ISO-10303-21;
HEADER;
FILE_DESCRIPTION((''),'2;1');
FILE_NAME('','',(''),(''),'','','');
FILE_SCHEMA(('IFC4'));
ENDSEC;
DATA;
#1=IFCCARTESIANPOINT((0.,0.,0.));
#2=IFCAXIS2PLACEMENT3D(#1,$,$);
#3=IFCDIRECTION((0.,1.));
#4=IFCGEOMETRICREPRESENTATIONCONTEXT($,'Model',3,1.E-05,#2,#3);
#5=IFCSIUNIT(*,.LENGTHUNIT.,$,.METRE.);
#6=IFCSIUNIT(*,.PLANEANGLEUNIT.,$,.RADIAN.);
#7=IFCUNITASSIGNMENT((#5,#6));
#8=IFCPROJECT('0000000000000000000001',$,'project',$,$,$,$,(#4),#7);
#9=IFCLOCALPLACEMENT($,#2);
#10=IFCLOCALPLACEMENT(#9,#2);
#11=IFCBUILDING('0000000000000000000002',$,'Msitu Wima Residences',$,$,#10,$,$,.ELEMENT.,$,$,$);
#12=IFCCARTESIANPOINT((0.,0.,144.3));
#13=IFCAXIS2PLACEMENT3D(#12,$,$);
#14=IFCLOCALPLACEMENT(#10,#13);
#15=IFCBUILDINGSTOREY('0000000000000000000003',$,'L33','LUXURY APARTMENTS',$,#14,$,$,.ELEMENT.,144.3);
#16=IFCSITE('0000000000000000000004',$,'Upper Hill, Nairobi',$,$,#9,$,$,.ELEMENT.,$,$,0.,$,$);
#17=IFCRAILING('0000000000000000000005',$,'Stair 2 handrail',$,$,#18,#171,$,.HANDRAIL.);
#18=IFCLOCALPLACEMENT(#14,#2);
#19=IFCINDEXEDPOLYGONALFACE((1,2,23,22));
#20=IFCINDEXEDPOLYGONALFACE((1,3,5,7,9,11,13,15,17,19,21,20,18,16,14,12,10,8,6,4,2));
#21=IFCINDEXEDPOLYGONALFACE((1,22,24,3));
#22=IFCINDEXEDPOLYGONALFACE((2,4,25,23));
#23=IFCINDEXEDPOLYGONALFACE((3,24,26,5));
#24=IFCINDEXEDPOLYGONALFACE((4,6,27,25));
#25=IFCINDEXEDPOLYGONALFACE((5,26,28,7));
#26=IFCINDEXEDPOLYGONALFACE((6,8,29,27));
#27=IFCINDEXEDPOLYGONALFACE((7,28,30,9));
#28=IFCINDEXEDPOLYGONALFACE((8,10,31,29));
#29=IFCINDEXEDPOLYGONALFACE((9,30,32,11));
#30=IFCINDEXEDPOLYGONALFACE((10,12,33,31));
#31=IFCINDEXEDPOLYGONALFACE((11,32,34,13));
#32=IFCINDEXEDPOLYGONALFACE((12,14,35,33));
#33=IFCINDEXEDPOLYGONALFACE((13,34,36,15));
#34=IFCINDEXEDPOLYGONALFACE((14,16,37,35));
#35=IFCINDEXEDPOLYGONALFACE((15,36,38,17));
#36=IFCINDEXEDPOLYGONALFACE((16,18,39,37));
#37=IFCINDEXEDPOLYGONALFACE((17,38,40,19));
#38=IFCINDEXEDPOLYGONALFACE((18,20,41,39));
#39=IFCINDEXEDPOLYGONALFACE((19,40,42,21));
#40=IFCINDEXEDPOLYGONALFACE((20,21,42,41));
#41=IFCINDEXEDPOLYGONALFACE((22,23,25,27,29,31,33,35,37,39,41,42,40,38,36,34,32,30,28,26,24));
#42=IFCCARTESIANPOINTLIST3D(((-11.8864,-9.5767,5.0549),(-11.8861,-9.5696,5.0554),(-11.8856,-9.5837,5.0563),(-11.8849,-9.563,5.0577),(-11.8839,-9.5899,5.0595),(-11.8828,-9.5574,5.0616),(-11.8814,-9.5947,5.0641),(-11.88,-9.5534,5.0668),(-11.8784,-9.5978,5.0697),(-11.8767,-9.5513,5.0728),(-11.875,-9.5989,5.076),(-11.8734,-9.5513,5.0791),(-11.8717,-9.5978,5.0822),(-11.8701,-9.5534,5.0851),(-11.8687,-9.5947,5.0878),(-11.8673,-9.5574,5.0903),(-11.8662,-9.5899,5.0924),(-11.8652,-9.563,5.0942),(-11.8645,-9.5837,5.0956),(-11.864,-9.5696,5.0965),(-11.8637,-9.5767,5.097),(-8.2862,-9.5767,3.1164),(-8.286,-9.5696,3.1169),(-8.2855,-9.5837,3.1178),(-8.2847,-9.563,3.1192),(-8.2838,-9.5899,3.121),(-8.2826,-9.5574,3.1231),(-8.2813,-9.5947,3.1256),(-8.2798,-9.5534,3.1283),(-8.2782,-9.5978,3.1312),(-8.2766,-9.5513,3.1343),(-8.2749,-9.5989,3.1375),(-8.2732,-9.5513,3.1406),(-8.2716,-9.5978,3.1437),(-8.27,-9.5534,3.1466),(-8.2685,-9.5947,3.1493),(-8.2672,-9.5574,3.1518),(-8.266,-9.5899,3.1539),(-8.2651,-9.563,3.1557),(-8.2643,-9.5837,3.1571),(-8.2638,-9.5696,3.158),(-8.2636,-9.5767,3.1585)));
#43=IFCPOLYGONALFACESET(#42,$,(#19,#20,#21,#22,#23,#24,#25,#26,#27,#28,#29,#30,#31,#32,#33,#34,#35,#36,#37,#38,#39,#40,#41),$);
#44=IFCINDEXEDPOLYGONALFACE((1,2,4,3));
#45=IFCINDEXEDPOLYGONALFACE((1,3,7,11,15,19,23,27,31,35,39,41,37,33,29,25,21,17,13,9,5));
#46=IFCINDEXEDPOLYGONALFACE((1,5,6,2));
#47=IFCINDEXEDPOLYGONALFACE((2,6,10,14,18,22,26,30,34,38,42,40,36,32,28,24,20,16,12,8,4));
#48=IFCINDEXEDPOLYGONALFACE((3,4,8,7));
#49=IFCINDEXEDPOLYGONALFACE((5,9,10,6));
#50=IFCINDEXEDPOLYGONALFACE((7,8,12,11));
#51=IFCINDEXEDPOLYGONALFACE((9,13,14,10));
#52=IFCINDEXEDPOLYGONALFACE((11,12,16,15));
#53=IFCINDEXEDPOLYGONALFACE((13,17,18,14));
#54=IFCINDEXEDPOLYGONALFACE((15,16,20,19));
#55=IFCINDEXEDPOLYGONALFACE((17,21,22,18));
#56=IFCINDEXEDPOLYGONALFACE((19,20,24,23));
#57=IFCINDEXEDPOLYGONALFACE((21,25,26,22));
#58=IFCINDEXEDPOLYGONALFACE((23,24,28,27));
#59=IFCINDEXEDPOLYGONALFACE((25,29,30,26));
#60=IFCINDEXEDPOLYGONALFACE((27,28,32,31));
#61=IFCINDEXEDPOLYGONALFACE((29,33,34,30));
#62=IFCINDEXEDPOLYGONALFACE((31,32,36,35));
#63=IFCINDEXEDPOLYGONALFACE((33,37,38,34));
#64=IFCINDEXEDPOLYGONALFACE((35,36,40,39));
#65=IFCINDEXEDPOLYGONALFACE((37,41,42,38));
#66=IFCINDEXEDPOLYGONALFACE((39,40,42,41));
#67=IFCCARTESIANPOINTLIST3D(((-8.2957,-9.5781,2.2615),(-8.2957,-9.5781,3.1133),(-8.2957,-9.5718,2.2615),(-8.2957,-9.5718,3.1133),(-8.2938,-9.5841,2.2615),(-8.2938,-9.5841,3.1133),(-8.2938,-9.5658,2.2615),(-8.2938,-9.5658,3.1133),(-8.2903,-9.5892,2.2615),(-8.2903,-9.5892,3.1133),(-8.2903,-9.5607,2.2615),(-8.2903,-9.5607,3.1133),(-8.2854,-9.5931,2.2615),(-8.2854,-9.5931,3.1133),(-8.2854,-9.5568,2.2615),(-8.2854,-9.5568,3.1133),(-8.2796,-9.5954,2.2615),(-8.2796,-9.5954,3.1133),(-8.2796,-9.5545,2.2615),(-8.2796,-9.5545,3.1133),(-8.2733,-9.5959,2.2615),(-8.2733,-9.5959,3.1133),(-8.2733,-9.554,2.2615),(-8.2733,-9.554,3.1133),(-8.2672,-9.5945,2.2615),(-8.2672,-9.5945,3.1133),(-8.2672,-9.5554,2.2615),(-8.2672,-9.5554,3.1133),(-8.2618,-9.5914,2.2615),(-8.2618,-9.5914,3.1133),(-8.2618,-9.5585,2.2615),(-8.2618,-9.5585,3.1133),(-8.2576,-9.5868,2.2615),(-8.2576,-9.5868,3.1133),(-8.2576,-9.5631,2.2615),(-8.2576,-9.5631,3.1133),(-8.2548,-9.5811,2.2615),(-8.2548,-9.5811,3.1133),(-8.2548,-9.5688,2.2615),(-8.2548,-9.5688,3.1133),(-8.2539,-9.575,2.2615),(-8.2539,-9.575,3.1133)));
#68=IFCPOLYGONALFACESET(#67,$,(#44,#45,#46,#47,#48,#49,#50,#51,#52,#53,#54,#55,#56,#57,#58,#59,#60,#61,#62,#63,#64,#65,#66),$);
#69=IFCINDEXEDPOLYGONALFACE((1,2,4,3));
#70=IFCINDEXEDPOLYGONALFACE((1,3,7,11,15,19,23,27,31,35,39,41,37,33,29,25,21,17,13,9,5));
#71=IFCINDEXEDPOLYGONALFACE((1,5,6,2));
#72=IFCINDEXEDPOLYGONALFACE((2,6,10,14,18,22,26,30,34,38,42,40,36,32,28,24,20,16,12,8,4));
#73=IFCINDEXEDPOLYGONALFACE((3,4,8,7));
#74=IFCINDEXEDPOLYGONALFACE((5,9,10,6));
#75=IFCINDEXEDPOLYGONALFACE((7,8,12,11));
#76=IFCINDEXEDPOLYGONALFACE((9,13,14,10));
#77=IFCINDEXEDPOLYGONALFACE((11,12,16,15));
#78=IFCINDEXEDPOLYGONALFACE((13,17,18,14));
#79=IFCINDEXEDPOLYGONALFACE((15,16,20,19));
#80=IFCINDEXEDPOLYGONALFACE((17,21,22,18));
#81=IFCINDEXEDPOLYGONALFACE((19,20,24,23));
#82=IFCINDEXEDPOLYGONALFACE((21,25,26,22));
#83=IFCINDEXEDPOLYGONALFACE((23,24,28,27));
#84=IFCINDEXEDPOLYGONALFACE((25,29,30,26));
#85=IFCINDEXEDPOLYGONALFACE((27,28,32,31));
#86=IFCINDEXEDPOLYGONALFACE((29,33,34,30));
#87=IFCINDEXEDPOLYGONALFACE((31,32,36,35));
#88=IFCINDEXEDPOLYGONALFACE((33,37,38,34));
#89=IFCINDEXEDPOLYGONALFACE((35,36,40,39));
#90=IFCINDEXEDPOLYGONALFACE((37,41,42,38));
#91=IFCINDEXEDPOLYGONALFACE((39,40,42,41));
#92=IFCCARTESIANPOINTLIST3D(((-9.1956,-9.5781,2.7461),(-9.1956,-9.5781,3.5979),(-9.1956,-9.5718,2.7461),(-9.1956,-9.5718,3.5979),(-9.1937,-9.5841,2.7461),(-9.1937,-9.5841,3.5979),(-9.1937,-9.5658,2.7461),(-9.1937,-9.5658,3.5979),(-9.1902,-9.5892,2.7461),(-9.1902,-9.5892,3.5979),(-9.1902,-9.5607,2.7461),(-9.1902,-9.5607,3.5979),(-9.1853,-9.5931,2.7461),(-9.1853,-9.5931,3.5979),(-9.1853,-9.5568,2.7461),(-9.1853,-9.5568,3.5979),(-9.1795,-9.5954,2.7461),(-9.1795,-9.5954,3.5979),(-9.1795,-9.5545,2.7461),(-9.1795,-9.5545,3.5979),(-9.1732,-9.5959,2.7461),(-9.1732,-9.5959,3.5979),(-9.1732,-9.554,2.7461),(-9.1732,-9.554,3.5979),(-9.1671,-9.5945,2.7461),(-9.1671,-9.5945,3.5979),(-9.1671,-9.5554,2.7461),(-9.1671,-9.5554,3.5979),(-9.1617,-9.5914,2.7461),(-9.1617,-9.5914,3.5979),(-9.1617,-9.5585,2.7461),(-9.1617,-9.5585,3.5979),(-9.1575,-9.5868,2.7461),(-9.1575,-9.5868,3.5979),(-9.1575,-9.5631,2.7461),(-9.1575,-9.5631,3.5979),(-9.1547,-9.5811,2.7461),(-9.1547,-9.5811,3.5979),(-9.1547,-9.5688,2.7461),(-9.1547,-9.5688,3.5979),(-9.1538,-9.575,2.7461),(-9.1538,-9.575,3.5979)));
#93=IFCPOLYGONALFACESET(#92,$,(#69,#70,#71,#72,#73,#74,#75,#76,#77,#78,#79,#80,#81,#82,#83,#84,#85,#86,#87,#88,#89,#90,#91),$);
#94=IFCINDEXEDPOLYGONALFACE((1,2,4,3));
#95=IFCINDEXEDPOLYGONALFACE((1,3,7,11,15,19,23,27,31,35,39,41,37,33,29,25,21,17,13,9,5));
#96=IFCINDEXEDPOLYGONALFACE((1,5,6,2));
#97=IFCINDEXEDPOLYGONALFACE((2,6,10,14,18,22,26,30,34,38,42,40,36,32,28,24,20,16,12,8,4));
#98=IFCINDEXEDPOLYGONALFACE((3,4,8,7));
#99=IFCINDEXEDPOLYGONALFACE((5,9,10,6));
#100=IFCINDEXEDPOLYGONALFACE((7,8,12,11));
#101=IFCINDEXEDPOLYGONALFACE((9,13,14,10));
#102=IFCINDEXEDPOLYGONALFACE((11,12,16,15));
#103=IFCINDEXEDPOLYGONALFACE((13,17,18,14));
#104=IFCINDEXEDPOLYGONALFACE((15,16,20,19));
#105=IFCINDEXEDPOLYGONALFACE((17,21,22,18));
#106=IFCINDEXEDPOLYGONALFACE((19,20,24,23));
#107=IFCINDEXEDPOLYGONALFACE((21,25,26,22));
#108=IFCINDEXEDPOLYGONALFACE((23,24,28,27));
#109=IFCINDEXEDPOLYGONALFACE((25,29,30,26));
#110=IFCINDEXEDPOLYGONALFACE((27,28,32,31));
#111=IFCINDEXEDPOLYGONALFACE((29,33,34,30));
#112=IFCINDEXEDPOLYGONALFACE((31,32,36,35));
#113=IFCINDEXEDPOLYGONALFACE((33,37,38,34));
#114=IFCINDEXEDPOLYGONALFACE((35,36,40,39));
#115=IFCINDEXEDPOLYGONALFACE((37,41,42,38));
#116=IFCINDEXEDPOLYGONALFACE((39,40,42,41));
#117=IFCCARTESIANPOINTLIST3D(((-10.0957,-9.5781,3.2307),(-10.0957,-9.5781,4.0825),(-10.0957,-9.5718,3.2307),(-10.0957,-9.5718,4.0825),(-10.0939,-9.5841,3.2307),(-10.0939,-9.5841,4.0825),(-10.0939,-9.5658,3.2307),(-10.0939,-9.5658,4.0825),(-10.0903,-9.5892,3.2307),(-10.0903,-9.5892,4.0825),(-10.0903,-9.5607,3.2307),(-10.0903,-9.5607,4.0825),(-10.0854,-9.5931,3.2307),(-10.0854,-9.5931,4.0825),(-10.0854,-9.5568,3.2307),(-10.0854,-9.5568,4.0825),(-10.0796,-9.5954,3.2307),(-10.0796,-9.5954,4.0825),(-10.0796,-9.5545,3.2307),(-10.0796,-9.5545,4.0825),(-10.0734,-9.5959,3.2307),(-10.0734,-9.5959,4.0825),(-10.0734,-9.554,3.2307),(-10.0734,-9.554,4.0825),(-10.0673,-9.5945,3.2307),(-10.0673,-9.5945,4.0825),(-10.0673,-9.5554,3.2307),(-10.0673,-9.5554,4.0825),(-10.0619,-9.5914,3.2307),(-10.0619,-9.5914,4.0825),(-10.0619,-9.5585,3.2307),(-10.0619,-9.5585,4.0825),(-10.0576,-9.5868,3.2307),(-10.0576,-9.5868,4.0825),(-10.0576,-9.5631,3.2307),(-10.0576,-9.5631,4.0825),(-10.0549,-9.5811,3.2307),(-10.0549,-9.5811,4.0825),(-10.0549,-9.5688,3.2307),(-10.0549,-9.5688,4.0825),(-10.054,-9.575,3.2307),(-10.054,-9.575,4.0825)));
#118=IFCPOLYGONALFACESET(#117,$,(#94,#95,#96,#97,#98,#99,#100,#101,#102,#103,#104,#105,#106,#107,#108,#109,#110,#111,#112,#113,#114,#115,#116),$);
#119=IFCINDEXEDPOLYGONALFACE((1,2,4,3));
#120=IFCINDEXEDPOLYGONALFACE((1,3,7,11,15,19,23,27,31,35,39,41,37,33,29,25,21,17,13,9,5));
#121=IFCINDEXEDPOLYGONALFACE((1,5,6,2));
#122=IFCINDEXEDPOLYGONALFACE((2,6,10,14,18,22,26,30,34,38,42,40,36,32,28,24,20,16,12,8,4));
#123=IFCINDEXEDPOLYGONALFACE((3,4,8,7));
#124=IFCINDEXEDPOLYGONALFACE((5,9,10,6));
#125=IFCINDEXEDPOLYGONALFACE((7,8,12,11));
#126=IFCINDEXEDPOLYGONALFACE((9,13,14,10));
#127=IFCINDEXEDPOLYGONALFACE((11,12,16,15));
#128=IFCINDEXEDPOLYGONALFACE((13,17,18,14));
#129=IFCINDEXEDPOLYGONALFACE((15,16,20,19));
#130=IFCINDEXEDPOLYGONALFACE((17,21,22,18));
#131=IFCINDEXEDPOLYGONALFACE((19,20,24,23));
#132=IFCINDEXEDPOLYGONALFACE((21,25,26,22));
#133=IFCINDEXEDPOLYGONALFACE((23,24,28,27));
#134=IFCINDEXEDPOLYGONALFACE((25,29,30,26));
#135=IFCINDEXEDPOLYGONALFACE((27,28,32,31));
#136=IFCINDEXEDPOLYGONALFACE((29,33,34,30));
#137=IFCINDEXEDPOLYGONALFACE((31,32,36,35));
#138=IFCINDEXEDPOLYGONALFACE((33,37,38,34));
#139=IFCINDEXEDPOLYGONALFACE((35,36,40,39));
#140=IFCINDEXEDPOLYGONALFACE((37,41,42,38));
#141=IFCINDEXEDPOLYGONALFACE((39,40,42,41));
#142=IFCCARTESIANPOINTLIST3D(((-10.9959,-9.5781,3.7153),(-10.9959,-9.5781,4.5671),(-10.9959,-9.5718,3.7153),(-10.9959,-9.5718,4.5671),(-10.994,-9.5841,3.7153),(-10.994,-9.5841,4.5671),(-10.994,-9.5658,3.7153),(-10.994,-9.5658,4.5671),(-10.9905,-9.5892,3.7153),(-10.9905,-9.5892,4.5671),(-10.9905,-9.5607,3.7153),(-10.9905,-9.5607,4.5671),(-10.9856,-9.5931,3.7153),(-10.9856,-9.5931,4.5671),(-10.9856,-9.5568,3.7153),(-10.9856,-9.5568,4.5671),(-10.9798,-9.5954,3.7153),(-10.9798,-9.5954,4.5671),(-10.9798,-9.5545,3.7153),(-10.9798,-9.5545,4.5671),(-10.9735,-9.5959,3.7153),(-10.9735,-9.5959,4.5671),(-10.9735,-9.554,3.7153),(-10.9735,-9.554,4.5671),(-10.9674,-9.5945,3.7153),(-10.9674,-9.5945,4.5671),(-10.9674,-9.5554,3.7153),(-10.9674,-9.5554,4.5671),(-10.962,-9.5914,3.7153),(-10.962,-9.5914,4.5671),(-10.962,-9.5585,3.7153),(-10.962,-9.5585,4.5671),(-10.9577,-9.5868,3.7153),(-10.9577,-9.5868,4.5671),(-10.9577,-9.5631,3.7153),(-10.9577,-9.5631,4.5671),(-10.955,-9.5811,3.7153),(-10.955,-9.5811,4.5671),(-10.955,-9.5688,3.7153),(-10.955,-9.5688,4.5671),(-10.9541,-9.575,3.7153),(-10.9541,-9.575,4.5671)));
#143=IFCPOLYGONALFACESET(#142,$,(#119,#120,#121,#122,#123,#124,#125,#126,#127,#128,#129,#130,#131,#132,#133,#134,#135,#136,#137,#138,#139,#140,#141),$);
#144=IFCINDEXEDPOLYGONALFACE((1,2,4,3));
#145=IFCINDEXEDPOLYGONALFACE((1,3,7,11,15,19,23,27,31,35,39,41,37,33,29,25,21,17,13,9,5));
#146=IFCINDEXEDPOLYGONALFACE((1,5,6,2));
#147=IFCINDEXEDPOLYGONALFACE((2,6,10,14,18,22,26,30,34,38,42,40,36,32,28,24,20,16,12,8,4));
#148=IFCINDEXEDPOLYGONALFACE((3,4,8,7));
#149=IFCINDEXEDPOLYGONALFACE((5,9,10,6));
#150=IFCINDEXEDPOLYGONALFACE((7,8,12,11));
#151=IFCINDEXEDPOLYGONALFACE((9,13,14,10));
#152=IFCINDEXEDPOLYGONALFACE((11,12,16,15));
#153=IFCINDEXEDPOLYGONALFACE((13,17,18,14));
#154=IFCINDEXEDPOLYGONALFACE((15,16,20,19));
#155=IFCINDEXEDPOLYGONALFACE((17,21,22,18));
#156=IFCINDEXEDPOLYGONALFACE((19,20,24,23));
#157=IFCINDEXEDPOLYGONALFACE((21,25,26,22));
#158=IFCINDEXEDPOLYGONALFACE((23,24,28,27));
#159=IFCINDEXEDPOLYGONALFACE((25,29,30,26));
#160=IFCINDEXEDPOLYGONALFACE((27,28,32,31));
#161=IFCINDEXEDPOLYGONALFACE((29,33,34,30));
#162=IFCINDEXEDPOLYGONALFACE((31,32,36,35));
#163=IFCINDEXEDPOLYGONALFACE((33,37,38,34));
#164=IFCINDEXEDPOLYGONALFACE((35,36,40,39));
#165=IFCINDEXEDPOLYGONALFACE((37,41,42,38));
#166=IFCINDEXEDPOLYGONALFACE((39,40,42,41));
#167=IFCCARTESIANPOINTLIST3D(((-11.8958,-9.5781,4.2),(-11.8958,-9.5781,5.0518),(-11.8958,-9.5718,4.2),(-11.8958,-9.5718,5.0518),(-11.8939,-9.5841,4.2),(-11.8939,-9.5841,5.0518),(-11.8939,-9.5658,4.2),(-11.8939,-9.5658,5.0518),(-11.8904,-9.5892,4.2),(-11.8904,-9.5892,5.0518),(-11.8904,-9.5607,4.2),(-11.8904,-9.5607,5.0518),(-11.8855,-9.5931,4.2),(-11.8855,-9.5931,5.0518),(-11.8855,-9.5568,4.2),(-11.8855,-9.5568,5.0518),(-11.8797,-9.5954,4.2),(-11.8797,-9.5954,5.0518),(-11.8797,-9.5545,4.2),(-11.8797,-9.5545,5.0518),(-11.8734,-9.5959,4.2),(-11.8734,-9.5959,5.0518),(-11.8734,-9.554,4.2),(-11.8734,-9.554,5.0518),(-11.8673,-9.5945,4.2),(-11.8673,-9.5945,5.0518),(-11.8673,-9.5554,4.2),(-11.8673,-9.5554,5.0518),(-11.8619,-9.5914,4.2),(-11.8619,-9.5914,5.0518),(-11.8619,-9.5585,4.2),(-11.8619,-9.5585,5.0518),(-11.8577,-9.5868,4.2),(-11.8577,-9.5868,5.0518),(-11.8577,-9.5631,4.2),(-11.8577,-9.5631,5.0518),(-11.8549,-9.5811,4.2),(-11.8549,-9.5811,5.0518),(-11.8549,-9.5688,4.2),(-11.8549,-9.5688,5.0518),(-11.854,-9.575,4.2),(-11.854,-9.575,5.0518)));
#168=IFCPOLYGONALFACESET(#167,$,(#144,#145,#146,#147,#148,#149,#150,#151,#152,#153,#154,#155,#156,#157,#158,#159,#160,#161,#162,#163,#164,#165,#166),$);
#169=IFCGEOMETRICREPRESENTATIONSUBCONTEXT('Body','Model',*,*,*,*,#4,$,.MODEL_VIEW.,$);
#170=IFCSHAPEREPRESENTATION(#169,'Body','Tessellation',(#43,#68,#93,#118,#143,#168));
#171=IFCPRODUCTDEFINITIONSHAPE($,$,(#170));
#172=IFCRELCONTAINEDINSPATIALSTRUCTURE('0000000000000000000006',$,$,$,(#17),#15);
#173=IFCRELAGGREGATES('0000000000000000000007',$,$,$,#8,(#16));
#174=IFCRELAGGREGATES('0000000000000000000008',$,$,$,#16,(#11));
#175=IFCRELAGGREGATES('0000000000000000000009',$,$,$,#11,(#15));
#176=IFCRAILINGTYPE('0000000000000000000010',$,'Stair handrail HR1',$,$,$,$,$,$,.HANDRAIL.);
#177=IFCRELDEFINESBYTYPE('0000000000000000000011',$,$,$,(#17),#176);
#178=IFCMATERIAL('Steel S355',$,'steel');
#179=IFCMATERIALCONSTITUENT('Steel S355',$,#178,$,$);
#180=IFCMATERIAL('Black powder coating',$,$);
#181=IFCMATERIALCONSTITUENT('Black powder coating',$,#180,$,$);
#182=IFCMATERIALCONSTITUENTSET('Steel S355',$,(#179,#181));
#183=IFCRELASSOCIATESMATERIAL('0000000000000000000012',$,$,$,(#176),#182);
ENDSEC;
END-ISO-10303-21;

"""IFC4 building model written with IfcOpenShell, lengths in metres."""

from ifc_helpers import new_model, si_unit, direction, frame, origin, origin_2d, place, context, subcontext, project, spatial, circle, extrude, material, constituent, constituent_set, type_object, element, save


model = new_model("IFC4")

# Units and contexts
model_context = context("Model", 3, precision=1e-05, world=origin(), true_north=direction((0.0, 1.0)))
body_context = subcontext(model_context, "Body", "Model", "MODEL_VIEW")
ifc_project = project(units=[si_unit("LENGTHUNIT", "METRE"), si_unit("PLANEANGLEUNIT", "RADIAN")], contexts=[model_context])

# Site, building, storey
site_placement = place(None, origin())
site = spatial("IfcSite", under=ifc_project, at=site_placement, Name="Upper Hill, Nairobi", CompositionType="ELEMENT", RefElevation=0.0)
building_placement = place(site_placement, origin())
building = spatial("IfcBuilding", under=site, at=building_placement, Name="Msitu Wima Residences", CompositionType="ELEMENT")
storey_placement = place(building_placement, frame((0.0, 0.0, 144.3)))
storey = spatial("IfcBuildingStorey", under=building, at=storey_placement, Name="L33", Description="LUXURY APARTMENTS", CompositionType="ELEMENT", Elevation=144.3)

# Railing
ifc_material_1 = material(Name="Steel S355", Category="steel")
ifc_constituent_1 = constituent(ifc_material_1, Name="Steel S355")
ifc_material_2 = material(Name="Black powder coating")
ifc_constituent_2 = constituent(ifc_material_2, Name="Black powder coating")
ifc_constituent_set = constituent_set(constituents=[ifc_constituent_1, ifc_constituent_2], Name="Steel S355")
railing_type = type_object("IfcRailingType", Name="Stair handrail HR1", PredefinedType="HANDRAIL", material=ifc_constituent_set)
railing_placement = place(storey_placement, frame((-8.2749, -9.575, 2.2615)))
element("IfcRailing", 1, at=railing_placement, inside=storey, type_object=railing_type, Name="Stair 2 handrail", PredefinedType="HANDRAIL", context=body_context, shape_type="SweptSolid", body=[
    extrude(circle(Radius=0.0239, at=origin_2d()), frame((0.0, 0.0, 0.876), z_axis=(-0.880475, 0.0, 0.474093), x_axis=(0.0, -1.0, 0.0)), (0.0, 0.0, 1.0), 4.0889),
    extrude(circle(Radius=0.021, at=origin_2d()), origin(), (0.0, 0.0, 1.0), 0.8518),
    extrude(circle(Radius=0.021, at=origin_2d()), frame((-0.8999, 0.0, 0.4846)), (0.0, 0.0, 1.0), 0.8518),
    extrude(circle(Radius=0.021, at=origin_2d()), frame((-1.8, 0.0, 0.9692)), (0.0, 0.0, 1.0), 0.8518),
    extrude(circle(Radius=0.021, at=origin_2d()), frame((-2.7002, 0.0, 1.4539)), (0.0, 0.0, 1.0), 0.8518),
    extrude(circle(Radius=0.021, at=origin_2d()), frame((-3.6001, 0.0, 1.9385)), (0.0, 0.0, 1.0), 0.8518),
])

save(model, "model.ifc")
